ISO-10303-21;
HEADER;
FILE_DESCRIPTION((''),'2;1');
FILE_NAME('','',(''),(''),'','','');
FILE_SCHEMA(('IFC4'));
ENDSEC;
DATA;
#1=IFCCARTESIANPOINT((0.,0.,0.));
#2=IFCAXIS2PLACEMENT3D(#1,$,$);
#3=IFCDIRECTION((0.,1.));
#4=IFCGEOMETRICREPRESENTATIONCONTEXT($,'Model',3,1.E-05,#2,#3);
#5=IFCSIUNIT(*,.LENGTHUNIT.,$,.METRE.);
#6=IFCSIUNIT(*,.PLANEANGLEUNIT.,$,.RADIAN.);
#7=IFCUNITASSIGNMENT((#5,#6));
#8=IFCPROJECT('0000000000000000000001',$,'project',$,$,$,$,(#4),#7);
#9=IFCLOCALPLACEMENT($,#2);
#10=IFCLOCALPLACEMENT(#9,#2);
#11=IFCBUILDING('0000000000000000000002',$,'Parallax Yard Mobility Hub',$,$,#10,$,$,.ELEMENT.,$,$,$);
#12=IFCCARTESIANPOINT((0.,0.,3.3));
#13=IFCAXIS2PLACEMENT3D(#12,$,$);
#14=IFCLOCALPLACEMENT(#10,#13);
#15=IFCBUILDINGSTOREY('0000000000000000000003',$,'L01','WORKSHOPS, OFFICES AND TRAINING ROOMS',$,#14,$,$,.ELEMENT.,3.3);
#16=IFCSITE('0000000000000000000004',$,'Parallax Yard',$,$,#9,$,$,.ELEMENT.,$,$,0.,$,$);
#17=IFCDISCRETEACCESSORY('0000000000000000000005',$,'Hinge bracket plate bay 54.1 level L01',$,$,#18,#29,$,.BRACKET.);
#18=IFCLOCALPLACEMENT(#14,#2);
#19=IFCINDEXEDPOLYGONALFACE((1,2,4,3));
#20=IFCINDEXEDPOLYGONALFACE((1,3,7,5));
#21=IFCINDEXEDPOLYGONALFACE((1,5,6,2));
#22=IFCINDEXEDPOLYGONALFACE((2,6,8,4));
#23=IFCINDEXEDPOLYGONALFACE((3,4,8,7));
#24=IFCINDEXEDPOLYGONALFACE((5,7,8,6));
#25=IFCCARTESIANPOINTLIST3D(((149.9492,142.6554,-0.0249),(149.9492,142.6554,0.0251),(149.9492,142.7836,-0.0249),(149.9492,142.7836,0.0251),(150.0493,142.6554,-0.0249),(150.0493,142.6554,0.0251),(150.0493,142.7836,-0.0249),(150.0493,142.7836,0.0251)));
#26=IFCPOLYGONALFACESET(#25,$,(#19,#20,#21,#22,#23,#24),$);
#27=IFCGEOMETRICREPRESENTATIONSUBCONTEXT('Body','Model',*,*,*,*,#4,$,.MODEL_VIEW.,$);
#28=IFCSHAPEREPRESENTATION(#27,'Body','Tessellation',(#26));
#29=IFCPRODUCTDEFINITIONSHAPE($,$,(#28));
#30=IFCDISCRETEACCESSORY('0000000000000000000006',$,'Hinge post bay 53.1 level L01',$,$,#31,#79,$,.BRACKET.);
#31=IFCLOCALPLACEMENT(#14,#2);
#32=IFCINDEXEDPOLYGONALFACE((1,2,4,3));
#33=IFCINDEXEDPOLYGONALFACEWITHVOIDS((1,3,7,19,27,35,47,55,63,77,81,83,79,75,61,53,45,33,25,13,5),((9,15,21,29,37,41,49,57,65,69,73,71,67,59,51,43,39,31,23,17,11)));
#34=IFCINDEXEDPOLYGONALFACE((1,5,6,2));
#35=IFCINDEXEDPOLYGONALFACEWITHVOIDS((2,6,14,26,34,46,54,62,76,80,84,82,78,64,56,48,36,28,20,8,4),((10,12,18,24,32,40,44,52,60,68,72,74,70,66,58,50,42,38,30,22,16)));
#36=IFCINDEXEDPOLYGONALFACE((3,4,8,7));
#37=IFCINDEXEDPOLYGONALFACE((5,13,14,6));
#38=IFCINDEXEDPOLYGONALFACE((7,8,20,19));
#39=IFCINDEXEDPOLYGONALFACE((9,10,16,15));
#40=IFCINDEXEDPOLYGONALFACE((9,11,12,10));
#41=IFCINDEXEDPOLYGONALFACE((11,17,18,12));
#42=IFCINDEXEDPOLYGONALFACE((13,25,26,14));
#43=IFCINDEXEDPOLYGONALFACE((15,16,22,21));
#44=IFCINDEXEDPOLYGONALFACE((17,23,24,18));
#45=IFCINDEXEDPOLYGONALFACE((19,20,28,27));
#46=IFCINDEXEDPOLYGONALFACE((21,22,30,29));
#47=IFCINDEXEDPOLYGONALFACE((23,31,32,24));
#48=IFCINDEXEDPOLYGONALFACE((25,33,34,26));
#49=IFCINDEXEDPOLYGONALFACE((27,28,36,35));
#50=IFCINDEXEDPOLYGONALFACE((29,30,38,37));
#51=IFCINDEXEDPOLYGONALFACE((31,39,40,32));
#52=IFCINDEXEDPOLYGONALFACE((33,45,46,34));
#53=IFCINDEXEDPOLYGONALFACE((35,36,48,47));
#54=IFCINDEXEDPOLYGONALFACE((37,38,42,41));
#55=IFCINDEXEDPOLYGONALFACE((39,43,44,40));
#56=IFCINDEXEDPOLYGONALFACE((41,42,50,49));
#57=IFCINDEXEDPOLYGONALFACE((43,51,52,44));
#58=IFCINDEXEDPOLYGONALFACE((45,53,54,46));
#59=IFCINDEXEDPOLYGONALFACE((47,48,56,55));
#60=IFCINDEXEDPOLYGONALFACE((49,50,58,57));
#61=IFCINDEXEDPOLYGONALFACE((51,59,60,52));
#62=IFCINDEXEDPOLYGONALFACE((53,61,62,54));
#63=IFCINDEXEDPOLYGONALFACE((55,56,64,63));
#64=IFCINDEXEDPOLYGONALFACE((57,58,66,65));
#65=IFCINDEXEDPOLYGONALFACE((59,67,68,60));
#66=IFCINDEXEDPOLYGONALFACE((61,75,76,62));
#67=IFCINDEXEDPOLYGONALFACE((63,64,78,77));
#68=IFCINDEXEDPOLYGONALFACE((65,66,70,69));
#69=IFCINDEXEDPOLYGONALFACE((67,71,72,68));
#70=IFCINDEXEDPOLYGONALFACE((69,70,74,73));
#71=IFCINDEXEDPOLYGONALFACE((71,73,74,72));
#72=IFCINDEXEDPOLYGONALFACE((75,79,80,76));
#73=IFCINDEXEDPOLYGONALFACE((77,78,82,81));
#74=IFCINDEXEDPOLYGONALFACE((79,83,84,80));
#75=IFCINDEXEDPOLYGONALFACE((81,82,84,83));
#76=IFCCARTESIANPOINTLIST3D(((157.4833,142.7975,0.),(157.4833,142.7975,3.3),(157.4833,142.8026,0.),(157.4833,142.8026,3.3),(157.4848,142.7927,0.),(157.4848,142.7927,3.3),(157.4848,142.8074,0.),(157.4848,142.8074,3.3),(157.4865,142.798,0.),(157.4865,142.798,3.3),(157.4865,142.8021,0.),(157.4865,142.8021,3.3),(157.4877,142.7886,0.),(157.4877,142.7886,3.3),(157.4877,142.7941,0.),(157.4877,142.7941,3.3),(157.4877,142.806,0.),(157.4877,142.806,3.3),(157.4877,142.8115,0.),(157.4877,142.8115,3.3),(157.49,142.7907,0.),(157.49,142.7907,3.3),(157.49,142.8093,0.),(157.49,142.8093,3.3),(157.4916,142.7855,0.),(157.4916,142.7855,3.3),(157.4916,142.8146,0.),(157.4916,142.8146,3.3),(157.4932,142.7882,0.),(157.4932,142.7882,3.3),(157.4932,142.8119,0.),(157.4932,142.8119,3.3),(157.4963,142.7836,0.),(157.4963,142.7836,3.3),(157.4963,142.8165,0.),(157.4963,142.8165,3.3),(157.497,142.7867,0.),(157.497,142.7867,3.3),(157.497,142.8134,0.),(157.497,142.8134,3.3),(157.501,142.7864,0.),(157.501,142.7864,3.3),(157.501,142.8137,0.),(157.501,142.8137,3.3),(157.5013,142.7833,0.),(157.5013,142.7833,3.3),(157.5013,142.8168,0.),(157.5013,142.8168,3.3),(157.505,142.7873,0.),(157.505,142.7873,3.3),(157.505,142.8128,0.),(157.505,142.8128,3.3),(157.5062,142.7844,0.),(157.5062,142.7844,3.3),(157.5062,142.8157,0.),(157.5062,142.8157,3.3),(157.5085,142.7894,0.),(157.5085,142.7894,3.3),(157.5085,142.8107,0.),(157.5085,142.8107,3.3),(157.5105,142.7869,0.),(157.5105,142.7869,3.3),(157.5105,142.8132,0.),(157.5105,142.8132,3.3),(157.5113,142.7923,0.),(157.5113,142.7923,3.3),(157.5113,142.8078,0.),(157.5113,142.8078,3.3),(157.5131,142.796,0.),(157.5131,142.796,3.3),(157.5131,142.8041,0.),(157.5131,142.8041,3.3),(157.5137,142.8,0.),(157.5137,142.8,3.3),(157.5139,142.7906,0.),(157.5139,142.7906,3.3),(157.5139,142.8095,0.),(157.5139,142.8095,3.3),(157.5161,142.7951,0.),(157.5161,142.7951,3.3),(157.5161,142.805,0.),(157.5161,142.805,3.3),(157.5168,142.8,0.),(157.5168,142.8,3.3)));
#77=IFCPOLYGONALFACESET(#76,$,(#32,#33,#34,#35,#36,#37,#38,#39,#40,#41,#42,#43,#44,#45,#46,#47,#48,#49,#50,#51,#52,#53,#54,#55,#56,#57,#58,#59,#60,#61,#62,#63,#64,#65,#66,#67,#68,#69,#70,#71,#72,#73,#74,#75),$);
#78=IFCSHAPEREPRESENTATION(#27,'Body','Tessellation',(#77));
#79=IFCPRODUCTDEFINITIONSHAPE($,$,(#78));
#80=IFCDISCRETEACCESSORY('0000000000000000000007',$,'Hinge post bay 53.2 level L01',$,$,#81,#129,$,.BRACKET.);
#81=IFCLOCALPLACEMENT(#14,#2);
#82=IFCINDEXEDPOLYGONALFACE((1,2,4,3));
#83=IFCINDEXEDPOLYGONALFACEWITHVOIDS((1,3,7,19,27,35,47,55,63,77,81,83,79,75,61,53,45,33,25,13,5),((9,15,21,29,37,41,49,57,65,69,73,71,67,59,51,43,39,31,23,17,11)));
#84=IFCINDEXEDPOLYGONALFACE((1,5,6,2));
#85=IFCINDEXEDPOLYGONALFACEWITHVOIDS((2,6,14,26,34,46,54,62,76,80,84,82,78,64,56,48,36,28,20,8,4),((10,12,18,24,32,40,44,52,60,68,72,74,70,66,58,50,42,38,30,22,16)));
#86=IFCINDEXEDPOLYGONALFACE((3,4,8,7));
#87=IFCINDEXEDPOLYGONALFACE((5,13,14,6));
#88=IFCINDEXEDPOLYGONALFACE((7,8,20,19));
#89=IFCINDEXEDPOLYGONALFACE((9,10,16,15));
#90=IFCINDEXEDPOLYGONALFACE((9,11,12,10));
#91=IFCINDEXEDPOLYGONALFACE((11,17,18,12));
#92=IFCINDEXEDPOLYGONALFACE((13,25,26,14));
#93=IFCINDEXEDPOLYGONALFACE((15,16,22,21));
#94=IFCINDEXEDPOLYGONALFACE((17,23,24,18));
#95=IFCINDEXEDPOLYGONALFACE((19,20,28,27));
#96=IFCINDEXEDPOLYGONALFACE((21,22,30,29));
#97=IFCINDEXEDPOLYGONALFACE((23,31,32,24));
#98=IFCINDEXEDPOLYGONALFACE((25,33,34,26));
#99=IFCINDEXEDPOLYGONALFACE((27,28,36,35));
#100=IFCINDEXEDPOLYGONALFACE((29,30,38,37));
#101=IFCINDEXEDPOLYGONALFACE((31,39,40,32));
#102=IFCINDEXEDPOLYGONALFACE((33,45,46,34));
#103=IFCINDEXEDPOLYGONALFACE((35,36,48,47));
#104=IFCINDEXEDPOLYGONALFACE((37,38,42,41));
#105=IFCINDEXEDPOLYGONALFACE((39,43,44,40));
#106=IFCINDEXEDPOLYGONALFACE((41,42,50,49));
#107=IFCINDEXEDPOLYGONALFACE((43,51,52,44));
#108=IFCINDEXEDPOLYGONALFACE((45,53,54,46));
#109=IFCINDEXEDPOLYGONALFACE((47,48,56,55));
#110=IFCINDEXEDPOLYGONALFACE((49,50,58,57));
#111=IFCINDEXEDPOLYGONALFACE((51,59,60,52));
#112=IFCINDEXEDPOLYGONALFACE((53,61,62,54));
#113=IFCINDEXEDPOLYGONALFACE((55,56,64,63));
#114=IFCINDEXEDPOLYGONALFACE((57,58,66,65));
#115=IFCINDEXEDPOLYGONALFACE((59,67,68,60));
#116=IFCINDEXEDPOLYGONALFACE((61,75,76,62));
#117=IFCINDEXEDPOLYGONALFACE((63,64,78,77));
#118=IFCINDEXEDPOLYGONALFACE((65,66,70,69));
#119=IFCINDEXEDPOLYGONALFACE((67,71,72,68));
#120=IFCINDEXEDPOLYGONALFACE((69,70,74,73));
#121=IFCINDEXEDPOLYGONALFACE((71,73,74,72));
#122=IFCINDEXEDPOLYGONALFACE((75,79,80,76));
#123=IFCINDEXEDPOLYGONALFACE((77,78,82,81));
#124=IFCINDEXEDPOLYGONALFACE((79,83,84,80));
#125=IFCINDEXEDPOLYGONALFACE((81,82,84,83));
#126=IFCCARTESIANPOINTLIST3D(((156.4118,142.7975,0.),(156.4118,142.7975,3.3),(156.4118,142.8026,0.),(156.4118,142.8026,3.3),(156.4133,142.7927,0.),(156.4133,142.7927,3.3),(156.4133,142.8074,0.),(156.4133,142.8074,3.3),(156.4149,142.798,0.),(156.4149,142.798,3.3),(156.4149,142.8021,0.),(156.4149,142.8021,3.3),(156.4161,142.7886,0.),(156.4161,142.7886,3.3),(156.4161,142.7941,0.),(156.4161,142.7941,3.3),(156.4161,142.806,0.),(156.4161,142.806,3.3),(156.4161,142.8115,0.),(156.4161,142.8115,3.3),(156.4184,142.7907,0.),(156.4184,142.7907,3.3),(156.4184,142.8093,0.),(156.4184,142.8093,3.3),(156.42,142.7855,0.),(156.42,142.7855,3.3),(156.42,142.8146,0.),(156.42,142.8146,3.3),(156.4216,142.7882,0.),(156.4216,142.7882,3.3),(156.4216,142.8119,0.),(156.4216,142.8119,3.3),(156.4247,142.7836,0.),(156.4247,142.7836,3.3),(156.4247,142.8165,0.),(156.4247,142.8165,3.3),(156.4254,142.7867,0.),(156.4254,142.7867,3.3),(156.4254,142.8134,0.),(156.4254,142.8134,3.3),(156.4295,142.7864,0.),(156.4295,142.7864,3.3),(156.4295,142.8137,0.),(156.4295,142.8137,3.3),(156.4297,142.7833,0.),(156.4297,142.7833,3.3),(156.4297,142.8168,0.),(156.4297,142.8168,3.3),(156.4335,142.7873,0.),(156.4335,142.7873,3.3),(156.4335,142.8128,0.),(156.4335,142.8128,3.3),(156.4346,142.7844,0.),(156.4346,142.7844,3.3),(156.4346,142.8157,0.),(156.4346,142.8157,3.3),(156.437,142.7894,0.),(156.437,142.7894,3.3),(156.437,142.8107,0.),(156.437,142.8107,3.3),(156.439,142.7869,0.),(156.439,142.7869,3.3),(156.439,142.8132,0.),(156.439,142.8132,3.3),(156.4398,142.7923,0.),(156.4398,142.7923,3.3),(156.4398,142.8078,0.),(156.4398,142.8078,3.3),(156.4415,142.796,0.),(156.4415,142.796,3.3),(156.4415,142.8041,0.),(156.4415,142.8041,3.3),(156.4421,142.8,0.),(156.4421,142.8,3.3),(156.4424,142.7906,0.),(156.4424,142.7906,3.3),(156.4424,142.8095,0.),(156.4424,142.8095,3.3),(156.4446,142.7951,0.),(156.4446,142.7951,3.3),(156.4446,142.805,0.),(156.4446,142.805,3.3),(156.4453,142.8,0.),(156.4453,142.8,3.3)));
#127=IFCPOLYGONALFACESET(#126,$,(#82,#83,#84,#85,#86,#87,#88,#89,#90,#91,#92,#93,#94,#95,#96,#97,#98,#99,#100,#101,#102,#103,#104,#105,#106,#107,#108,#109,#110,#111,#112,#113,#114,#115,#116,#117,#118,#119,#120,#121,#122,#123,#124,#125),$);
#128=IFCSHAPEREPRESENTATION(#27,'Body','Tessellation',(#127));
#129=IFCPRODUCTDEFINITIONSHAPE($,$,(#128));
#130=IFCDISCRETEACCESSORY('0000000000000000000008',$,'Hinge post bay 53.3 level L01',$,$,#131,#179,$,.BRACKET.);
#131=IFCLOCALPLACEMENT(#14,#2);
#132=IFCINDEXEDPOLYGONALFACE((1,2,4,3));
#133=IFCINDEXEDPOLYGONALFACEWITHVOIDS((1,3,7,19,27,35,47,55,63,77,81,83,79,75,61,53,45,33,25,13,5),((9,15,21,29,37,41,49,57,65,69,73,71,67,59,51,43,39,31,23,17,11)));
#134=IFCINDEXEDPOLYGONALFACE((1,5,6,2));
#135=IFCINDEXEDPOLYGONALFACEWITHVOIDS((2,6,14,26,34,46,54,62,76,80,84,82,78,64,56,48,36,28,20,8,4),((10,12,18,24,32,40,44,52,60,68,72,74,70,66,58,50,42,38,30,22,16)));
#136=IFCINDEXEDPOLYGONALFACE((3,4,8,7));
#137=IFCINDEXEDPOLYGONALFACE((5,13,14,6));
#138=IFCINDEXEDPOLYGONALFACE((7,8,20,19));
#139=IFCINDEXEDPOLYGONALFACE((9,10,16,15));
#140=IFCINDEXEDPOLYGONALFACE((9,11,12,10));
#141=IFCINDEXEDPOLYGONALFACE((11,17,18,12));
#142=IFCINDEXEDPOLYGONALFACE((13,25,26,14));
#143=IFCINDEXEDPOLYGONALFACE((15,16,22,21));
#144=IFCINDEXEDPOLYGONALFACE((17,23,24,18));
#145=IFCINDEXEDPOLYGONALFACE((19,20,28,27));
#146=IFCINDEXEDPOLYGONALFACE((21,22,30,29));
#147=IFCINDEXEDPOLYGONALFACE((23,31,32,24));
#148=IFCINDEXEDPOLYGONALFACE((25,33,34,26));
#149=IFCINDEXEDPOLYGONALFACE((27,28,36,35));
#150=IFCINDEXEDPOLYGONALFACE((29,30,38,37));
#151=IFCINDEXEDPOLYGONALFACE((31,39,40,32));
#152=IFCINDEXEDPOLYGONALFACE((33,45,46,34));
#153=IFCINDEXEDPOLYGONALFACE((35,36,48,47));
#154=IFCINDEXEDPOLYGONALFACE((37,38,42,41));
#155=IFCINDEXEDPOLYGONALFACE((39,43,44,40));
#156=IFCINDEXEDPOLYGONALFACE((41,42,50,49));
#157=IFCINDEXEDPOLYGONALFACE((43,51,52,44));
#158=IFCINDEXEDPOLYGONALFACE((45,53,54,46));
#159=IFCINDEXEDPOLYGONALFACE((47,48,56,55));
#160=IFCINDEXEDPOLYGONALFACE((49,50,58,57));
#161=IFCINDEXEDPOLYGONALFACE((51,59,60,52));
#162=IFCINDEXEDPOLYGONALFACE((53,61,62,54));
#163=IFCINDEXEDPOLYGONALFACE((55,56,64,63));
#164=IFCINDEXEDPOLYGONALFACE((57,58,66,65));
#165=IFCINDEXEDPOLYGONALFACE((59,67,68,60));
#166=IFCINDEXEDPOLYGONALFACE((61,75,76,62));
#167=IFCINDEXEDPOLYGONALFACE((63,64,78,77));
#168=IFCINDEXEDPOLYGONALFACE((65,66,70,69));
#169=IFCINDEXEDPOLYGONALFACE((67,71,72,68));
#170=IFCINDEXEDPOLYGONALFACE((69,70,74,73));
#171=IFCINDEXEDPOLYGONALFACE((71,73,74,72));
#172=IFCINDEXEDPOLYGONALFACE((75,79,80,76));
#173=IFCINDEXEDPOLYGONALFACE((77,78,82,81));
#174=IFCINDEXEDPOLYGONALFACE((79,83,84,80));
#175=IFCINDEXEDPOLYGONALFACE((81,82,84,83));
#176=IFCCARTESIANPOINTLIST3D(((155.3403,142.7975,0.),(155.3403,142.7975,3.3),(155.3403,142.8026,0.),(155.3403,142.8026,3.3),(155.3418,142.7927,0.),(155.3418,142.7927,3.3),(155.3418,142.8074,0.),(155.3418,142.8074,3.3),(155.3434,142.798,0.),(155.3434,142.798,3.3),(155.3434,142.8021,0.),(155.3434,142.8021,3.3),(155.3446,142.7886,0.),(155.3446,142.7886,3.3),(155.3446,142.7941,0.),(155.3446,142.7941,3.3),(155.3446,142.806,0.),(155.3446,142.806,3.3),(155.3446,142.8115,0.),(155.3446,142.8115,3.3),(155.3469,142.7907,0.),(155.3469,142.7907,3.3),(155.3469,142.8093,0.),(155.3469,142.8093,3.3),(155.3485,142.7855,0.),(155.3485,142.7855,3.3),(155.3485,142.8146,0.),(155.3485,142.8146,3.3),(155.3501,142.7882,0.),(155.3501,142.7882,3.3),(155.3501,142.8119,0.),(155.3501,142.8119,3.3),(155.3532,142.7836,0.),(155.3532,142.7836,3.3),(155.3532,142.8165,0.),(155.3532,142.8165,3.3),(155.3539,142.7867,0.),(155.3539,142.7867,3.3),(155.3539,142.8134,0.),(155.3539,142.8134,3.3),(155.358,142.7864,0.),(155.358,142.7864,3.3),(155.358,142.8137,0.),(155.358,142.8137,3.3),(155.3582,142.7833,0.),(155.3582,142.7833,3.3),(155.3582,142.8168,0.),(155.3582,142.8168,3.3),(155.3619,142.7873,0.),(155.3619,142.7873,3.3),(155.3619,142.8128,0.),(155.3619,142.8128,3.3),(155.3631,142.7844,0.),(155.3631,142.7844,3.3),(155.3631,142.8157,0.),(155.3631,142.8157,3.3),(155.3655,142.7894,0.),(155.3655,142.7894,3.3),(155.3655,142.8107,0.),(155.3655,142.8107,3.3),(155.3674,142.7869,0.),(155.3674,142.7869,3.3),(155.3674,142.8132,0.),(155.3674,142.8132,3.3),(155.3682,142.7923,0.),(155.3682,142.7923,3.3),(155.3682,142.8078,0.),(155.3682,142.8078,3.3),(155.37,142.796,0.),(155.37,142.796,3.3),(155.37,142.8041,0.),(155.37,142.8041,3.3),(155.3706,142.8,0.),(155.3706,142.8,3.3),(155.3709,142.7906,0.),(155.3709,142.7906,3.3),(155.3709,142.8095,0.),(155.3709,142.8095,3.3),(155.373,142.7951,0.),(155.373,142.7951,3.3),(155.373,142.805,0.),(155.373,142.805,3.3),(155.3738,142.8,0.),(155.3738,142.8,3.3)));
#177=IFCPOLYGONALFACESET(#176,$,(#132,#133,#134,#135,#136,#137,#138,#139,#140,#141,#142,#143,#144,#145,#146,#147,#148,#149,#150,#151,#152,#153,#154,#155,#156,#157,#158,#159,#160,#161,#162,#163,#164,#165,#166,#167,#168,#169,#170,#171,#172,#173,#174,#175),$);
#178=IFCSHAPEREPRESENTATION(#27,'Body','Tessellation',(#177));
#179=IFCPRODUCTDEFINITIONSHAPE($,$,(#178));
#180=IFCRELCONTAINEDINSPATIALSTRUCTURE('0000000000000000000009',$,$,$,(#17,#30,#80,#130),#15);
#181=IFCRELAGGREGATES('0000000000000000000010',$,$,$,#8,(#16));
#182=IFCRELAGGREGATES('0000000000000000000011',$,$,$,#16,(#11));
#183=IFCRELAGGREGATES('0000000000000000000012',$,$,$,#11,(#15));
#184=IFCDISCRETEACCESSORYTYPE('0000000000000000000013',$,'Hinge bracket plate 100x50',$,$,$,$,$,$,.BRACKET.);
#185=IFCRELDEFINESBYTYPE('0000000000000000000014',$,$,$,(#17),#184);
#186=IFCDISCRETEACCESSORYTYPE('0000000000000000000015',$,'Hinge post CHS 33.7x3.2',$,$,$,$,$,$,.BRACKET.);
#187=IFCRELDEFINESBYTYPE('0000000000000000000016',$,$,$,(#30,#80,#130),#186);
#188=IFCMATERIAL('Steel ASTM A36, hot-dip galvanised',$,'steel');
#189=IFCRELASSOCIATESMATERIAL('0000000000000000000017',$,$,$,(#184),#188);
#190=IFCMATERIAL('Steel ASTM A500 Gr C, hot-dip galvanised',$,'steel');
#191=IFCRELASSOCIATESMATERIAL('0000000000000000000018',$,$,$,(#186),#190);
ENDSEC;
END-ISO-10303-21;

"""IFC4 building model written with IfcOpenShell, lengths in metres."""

from ifc_helpers import new_model, si_unit, direction, frame, origin, origin_2d, place, context, subcontext, project, spatial, rectangle, hollow_circle, extrude, material, material_profile, profile_set, type_object, element, save


model = new_model("IFC4")

# Units and contexts
model_context = context("Model", 3, precision=1e-05, world=origin(), true_north=direction((0.0, 1.0)))
body_context = subcontext(model_context, "Body", "Model", "MODEL_VIEW")
ifc_project = project(units=[si_unit("LENGTHUNIT", "METRE"), si_unit("PLANEANGLEUNIT", "RADIAN")], contexts=[model_context])

# Site, building, storey
site_placement = place(None, origin())
site = spatial("IfcSite", under=ifc_project, at=site_placement, Name="Parallax Yard", CompositionType="ELEMENT", RefElevation=0.0)
building_placement = place(site_placement, origin())
building = spatial("IfcBuilding", under=site, at=building_placement, Name="Parallax Yard Mobility Hub", CompositionType="ELEMENT")
storey_placement = place(building_placement, frame((0.0, 0.0, 3.3)))
storey = spatial("IfcBuildingStorey", under=building, at=storey_placement, Name="L01", Description="WORKSHOPS, OFFICES AND TRAINING ROOMS", CompositionType="ELEMENT", Elevation=3.3)

# Discrete accessories
ifc_material_1 = material(Name="Steel ASTM A36, hot-dip galvanised", Category="steel")
discrete_accessory_type_1 = type_object("IfcDiscreteAccessoryType", Name="Hinge bracket plate 100x50", PredefinedType="BRACKET", material=ifc_material_1)
discrete_accessory_1_placement = place(storey_placement, frame((149.9993, 142.7195, -0.0249), z_axis=(0.0, 0.0, 1.0), x_axis=(0.0, 1.0, 0.0)))
element("IfcDiscreteAccessory", 1, at=discrete_accessory_1_placement, inside=storey, type_object=discrete_accessory_type_1, Name="Hinge bracket plate bay 54.1 level L01", PredefinedType="BRACKET", context=body_context, shape_type="SweptSolid", body=[
    extrude(rectangle(XDim=0.1282, YDim=0.1001, at=origin_2d()), origin(), (0.0, 0.0, 1.0), 0.05),
])
ifc_material_2 = material(Name="Steel ASTM A500 Gr C, hot-dip galvanised", Category="steel")
ifc_material_profile_1 = material_profile(ifc_material_2, hollow_circle(Radius=0.0168, WallThickness=0.0032, at=origin_2d()), Name="CHS 33.7x3.2")
ifc_profile_set_1 = profile_set([ifc_material_profile_1], Name="Steel ASTM A500 Gr C, hot-dip galvanised")
discrete_accessory_type_2 = type_object("IfcDiscreteAccessoryType", Name="Hinge post CHS 33.7x3.2", PredefinedType="BRACKET", material=ifc_profile_set_1)
for number, where, z_axis, x_axis, name in (
    (2, (157.5, 142.8, 0.0), (0.0, 0.0, 1.0), (1.0, 0.0, 0.0), "Hinge post bay 53.1 level L01"),
    (3, (156.4285, 142.8, 0.0), (0.0, 0.0, 1.0), (1.0, 0.0, 0.0), "Hinge post bay 53.2 level L01"),
    (4, (155.3569, 142.8, 0.0), (0.0, 0.0, 1.0), (1.0, 0.0, 0.0), "Hinge post bay 53.3 level L01"),
):
    element("IfcDiscreteAccessory", number, at=place(storey_placement, frame(where, z_axis=z_axis, x_axis=x_axis)), inside=storey, type_object=discrete_accessory_type_2, Name=name, PredefinedType="BRACKET", context=body_context, shape_type="SweptSolid", body=[
        extrude(hollow_circle(Radius=0.0168, WallThickness=0.0032, at=origin_2d()), origin(), (0.0, 0.0, 1.0), 3.3),
    ])

save(model, "model.ifc")
